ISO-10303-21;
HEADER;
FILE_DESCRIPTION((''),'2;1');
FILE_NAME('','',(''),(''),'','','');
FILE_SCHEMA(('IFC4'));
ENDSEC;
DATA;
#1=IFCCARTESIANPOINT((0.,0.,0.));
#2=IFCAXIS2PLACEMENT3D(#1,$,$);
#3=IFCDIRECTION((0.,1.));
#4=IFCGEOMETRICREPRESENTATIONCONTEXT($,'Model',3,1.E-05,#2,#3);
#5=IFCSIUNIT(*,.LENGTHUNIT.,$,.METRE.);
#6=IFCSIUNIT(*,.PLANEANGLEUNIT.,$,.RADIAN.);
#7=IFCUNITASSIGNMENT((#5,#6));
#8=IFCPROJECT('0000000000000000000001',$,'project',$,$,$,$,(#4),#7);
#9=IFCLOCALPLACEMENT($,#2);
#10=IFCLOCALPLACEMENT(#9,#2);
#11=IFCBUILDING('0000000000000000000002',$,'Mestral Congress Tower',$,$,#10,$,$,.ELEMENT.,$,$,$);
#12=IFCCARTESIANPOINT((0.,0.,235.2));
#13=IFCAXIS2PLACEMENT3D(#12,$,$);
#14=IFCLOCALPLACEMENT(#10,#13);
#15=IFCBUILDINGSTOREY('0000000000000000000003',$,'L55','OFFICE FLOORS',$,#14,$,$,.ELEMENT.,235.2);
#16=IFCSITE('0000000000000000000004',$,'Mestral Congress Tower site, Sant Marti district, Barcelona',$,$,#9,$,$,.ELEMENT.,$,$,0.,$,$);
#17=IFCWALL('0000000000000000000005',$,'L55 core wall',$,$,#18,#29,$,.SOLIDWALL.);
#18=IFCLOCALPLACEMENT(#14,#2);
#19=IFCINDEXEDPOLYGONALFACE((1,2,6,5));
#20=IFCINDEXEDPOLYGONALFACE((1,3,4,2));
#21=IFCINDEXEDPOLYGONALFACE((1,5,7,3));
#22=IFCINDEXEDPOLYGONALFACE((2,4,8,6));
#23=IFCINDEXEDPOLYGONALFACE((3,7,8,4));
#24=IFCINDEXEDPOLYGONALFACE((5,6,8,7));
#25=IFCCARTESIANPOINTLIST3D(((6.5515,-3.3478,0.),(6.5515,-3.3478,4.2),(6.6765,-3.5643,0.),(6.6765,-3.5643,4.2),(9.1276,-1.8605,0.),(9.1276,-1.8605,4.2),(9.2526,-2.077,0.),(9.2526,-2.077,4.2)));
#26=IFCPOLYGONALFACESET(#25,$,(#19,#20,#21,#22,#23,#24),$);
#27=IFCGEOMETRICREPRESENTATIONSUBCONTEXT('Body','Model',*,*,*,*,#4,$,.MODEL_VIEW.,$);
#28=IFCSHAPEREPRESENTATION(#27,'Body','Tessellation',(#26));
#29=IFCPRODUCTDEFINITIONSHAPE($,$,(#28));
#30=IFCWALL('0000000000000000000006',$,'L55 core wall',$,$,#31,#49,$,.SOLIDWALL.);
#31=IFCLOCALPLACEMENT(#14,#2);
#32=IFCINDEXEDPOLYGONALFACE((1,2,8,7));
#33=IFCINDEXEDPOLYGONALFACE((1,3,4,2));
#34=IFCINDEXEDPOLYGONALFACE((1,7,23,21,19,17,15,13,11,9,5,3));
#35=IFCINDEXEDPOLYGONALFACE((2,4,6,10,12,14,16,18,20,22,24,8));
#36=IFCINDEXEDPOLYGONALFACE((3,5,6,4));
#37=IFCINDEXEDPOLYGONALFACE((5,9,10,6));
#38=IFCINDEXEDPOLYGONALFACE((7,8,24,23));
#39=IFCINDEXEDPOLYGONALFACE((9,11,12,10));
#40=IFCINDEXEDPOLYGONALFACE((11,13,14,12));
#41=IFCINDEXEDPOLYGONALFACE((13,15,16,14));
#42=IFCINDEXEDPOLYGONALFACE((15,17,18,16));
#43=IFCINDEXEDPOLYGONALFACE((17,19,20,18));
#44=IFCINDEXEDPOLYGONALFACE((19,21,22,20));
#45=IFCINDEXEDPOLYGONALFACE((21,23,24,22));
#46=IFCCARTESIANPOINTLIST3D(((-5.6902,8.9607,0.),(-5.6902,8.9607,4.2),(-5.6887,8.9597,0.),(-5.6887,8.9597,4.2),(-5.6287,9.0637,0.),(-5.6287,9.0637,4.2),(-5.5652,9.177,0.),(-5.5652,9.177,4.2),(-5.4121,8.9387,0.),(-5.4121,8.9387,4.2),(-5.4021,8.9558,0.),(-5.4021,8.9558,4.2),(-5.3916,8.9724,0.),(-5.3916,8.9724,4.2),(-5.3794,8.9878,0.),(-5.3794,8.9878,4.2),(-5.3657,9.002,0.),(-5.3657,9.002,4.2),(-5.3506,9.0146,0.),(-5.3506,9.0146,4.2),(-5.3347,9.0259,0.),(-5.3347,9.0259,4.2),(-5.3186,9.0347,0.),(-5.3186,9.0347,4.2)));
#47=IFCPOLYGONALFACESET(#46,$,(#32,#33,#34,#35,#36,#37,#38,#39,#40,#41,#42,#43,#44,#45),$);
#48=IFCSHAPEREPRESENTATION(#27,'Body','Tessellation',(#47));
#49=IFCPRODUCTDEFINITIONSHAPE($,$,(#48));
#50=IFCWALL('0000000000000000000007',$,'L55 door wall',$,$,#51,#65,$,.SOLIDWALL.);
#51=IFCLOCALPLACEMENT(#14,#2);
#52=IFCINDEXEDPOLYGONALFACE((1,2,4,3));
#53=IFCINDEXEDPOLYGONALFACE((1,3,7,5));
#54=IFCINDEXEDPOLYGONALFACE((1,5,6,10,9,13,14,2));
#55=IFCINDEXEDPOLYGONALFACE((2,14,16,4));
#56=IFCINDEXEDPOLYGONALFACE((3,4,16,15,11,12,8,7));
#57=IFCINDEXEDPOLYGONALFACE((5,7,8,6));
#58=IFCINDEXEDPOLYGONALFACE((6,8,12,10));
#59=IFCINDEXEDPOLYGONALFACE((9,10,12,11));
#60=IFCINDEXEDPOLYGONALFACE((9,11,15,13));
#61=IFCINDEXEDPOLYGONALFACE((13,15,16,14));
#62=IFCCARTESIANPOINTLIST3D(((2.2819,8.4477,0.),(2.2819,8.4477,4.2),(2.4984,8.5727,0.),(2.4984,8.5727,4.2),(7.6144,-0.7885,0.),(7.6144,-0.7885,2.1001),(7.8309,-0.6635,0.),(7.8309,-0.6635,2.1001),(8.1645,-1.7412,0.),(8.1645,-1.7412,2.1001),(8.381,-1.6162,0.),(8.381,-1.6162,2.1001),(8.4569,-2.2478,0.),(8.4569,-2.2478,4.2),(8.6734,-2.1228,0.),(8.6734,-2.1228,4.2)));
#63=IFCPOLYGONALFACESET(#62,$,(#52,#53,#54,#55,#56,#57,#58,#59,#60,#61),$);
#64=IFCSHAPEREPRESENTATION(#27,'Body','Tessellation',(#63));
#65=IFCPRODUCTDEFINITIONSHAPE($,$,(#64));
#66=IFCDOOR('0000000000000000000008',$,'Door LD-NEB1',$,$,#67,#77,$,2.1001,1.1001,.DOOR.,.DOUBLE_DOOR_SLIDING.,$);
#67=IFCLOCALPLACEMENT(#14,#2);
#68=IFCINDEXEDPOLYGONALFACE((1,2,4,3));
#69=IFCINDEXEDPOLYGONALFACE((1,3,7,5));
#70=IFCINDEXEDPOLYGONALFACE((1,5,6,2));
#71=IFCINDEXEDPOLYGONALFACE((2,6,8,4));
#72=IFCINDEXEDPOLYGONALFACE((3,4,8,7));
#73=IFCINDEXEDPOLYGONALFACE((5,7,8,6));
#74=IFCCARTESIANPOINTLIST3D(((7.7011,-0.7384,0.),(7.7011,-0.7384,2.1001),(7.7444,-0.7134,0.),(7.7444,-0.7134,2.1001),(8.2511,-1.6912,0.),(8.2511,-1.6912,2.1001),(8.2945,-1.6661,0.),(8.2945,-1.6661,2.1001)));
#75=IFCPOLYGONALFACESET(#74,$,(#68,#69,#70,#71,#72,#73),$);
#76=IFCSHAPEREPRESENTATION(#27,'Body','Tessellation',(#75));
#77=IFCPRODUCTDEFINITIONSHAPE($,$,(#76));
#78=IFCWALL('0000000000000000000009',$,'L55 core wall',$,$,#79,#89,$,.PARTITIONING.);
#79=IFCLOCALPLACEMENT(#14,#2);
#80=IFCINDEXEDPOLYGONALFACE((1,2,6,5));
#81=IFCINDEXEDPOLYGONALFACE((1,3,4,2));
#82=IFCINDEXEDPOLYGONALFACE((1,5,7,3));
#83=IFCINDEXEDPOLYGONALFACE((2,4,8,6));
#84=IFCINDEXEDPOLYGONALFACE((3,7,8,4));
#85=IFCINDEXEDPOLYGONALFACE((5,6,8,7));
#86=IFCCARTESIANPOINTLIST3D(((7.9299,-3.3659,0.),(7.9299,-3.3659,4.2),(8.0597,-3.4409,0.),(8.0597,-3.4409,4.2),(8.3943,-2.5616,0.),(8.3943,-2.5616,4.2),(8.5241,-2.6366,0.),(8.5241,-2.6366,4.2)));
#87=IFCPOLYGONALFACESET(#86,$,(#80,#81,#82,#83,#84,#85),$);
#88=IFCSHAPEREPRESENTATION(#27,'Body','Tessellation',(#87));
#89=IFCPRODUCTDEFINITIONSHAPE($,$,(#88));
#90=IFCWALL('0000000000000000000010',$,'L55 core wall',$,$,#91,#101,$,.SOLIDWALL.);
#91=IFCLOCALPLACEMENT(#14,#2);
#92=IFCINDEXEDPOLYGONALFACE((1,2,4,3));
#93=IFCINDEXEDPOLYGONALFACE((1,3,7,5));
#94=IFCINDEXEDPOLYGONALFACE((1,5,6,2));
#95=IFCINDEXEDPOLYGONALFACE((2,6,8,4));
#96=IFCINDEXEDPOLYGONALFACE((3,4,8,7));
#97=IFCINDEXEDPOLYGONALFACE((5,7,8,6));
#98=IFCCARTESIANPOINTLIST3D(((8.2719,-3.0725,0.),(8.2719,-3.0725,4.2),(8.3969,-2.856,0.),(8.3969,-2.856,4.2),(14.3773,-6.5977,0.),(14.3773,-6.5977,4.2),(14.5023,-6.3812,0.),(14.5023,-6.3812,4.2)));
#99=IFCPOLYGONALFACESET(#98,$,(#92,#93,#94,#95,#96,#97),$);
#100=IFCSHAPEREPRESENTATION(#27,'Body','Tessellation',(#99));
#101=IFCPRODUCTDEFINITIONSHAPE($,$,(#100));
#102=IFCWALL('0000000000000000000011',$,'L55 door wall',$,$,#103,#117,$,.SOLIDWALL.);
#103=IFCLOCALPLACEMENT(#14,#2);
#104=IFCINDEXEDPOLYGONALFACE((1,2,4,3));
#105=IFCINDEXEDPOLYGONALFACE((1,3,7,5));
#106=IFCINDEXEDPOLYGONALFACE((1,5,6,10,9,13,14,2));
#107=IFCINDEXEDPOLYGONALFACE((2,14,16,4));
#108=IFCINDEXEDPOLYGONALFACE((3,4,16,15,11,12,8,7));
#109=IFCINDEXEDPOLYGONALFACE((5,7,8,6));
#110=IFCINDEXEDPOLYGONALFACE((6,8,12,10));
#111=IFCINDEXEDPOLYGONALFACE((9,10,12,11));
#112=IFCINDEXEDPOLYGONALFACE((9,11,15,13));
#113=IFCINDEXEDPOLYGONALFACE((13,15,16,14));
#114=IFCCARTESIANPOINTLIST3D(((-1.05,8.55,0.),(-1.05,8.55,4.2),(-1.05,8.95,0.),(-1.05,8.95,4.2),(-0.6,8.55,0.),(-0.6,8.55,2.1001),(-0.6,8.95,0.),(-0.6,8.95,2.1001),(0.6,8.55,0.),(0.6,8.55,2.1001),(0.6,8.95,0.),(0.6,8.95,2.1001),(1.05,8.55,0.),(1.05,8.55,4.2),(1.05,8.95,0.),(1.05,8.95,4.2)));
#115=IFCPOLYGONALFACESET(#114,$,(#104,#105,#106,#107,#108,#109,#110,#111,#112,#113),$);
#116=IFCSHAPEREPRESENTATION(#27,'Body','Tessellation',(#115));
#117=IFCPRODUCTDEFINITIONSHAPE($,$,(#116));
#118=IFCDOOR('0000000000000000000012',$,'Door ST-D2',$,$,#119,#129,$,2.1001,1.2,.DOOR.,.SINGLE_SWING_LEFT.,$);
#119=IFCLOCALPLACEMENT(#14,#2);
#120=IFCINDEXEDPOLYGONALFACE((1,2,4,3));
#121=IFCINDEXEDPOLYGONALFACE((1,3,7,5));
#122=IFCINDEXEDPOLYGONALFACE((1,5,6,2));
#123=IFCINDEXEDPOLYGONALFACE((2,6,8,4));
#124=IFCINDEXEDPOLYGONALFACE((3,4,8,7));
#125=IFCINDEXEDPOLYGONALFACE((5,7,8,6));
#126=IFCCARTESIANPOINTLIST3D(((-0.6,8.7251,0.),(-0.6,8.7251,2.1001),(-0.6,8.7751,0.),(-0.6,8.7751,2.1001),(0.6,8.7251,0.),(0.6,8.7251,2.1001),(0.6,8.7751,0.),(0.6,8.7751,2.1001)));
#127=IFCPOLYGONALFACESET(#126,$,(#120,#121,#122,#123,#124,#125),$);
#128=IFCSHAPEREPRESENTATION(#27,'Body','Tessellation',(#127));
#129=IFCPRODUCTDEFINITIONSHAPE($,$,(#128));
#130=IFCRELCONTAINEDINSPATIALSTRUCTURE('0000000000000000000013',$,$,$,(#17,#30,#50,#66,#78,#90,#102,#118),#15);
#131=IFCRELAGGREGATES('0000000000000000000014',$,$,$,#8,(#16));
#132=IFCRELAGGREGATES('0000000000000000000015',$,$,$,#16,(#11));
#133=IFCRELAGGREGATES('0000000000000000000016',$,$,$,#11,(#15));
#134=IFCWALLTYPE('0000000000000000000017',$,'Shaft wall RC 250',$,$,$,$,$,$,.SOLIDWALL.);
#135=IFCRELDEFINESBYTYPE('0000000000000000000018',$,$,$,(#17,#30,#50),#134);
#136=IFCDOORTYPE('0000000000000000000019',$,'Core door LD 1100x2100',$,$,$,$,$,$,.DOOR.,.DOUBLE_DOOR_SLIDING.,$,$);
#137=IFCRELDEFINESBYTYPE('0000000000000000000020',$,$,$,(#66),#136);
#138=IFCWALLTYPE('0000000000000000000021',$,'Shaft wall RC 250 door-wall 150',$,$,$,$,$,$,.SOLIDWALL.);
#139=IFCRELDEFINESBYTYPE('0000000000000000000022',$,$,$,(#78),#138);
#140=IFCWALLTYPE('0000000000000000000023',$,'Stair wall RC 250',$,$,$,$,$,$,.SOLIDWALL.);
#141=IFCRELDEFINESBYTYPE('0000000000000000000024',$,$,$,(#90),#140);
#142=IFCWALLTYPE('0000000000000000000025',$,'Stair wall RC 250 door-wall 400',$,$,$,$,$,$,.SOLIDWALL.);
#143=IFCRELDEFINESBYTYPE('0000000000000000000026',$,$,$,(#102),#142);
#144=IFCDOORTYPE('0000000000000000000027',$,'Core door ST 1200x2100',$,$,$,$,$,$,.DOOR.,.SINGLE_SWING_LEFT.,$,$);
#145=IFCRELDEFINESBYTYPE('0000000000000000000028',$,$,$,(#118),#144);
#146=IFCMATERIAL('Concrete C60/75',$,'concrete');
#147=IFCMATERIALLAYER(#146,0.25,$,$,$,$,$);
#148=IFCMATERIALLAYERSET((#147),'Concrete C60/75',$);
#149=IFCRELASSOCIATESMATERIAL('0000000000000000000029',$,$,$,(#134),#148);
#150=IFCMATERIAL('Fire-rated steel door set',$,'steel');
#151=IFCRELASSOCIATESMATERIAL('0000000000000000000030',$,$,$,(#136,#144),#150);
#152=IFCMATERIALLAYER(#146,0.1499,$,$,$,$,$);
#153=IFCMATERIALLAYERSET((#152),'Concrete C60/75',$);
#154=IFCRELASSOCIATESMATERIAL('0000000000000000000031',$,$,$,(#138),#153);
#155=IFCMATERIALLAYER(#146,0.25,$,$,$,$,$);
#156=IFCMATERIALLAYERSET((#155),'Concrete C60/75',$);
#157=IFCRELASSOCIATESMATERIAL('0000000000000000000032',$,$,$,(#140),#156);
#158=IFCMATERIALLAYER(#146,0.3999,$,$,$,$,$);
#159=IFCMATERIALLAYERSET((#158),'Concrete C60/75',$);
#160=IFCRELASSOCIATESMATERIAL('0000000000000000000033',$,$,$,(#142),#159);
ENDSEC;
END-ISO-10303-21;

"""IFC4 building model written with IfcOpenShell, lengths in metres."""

from ifc_helpers import new_model, si_unit, direction, frame, frame_2d, origin, place, context, subcontext, project, spatial, polyline, rectangle, outline, extrude, material, layer, layer_set, type_object, element, fill, save


model = new_model("IFC4")

# Units and contexts
model_context = context("Model", 3, precision=1e-05, world=origin(), true_north=direction((0.0, 1.0)))
body_context = subcontext(model_context, "Body", "Model", "MODEL_VIEW")
ifc_project = project(units=[si_unit("LENGTHUNIT", "METRE"), si_unit("PLANEANGLEUNIT", "RADIAN")], contexts=[model_context])

# Site, building, storey
site_placement = place(None, origin())
site = spatial("IfcSite", under=ifc_project, at=site_placement, Name="Mestral Congress Tower site, Sant Marti district, Barcelona", CompositionType="ELEMENT", RefElevation=0.0)
building_placement = place(site_placement, origin())
building = spatial("IfcBuilding", under=site, at=building_placement, Name="Mestral Congress Tower", CompositionType="ELEMENT")
storey_placement = place(building_placement, frame((0.0, 0.0, 235.2)))
storey = spatial("IfcBuildingStorey", under=building, at=storey_placement, Name="L55", Description="OFFICE FLOORS", CompositionType="ELEMENT", Elevation=235.2)

# Shared definitions
ifc_material_1 = material(Name="Concrete C60/75", Category="concrete")

# Shared definitions
ifc_material_2 = material(Name="Fire-rated steel door set", Category="steel")

# Walls
ifc_layer_1 = layer(ifc_material_1, 0.25)
ifc_layer_set_1 = layer_set([ifc_layer_1], Name="Concrete C60/75")
wall_type_1 = type_object("IfcWallType", Name="Shaft wall RC 250", PredefinedType="SOLIDWALL", material=ifc_layer_set_1)
wall_1_placement = place(storey_placement, frame((6.614, -3.4561, 0.0), z_axis=(0.0, 0.0, 1.0), x_axis=(0.866033, 0.499988, 0.0)))
element("IfcWall", 1, at=wall_1_placement, inside=storey, type_object=wall_type_1, Name="L55 core wall", PredefinedType="SOLIDWALL", context=body_context, shape_type="SweptSolid", body=[
    extrude(rectangle(XDim=2.9746, YDim=0.25, at=frame_2d((1.4873, 0.0))), origin(), (0.0, 0.0, 1.0), 4.2),
])
wall_2_placement = place(storey_placement, origin())
element("IfcWall", 2, at=wall_2_placement, inside=storey, type_object=wall_type_1, Name="L55 core wall", PredefinedType="SOLIDWALL", context=body_context, shape_type="SweptSolid", body=[
    extrude(outline(polyline([(-5.6887, 8.9597), (-5.6902, 8.9607), (-5.5652, 9.177), (-5.3186, 9.0347), (-5.3347, 9.0259), (-5.3506, 9.0146), (-5.3657, 9.002), (-5.3794, 8.9878), (-5.3916, 8.9724), (-5.4021, 8.9558), (-5.4121, 8.9387), (-5.6287, 9.0637), (-5.6287, 9.0637), (-5.6887, 8.9597)])), origin(), (0.0, 0.0, 1.0), 4.2),
])

# Wall, opening, door
wall_3_placement = place(storey_placement, frame((8.5652, -2.1853, 0.0), z_axis=(0.0, 0.0, 1.0), x_axis=(-0.499998, 0.866027, 0.0)))
wall_3 = element("IfcWall", 3, at=wall_3_placement, inside=storey, type_object=wall_type_1, Name="L55 door wall", PredefinedType="SOLIDWALL", context=body_context, shape_type="SweptSolid", body=[
    extrude(rectangle(XDim=12.3501, YDim=0.25, at=frame_2d((6.175, 0.0))), origin(), (0.0, 0.0, 1.0), 4.2),
])
opening_1_placement = place(wall_3_placement, frame((0.585, 0.0, 0.0)))
opening_1 = element("IfcOpeningElement", 4, at=opening_1_placement, cuts=wall_3, PredefinedType="OPENING", context=body_context, shape_type="SweptSolid", body=[
    extrude(rectangle(XDim=1.1001, YDim=2.1001, at=frame_2d((0.55, 1.05))), frame((0.0, 0.135, 0.0), z_axis=(0.0, -1.0, 0.0), x_axis=(1.0, 0.0, 0.0)), (0.0, 0.0, 1.0), 0.27),
])
door_type_1 = type_object("IfcDoorType", Name="Core door LD 1100x2100", OperationType="DOUBLE_DOOR_SLIDING", PredefinedType="DOOR", material=ifc_material_2)
door_1_placement = place(opening_1_placement, origin())
door_1 = element("IfcDoor", 5, at=door_1_placement, inside=storey, type_object=door_type_1, Name="Door LD-NEB1", OperationType="DOUBLE_DOOR_SLIDING", OverallHeight=2.1001, OverallWidth=1.1001, PredefinedType="DOOR", context=body_context, shape_type="SweptSolid", body=[
    extrude(rectangle(XDim=1.1001, YDim=2.1001, at=frame_2d((0.55, 1.05))), frame((0.0, 0.0249, 0.0), z_axis=(0.0, -1.0, 0.0), x_axis=(1.0, 0.0, 0.0)), (0.0, 0.0, 1.0), 0.05),
])
fill(opening_1, door_1)

# Walls
ifc_layer_2 = layer(ifc_material_1, 0.1499)
ifc_layer_set_2 = layer_set([ifc_layer_2], Name="Concrete C60/75")
wall_type_2 = type_object("IfcWallType", Name="Shaft wall RC 250 door-wall 150", PredefinedType="SOLIDWALL", material=ifc_layer_set_2)
wall_4_placement = place(storey_placement, frame((8.4592, -2.5991, 0.0), z_axis=(0.0, 0.0, 1.0), x_axis=(-0.500041, -0.866002, 0.0)))
element("IfcWall", 6, at=wall_4_placement, inside=storey, type_object=wall_type_2, Name="L55 core wall", PredefinedType="PARTITIONING", context=body_context, shape_type="SweptSolid", body=[
    extrude(rectangle(XDim=0.9287, YDim=0.1499, at=frame_2d((0.4644, 0.0))), origin(), (0.0, 0.0, 1.0), 4.2),
])
ifc_layer_3 = layer(ifc_material_1, 0.25)
ifc_layer_set_3 = layer_set([ifc_layer_3], Name="Concrete C60/75")
wall_type_3 = type_object("IfcWallType", Name="Stair wall RC 250", PredefinedType="SOLIDWALL", material=ifc_layer_set_3)
wall_5_placement = place(storey_placement, frame((8.3345, -2.9644, 0.0), z_axis=(0.0, 0.0, 1.0), x_axis=(0.866016, -0.500016, 0.0)))
element("IfcWall", 7, at=wall_5_placement, inside=storey, type_object=wall_type_3, Name="L55 core wall", PredefinedType="SOLIDWALL", context=body_context, shape_type="SweptSolid", body=[
    extrude(rectangle(XDim=7.05, YDim=0.25, at=frame_2d((3.5249, 0.0))), origin(), (0.0, 0.0, 1.0), 4.2),
])

# Wall, opening, door
ifc_layer_4 = layer(ifc_material_1, 0.3999)
ifc_layer_set_4 = layer_set([ifc_layer_4], Name="Concrete C60/75")
wall_type_4 = type_object("IfcWallType", Name="Stair wall RC 250 door-wall 400", PredefinedType="SOLIDWALL", material=ifc_layer_set_4)
wall_6_placement = place(storey_placement, frame((1.05, 8.75, 0.0), z_axis=(0.0, 0.0, 1.0), x_axis=(-1.0, 0.0, 0.0)))
wall_6 = element("IfcWall", 8, at=wall_6_placement, inside=storey, type_object=wall_type_4, Name="L55 door wall", PredefinedType="SOLIDWALL", context=body_context, shape_type="SweptSolid", body=[
    extrude(rectangle(XDim=2.1001, YDim=0.3999, at=frame_2d((1.05, 0.0))), origin(), (0.0, 0.0, 1.0), 4.2),
])
opening_2_placement = place(wall_6_placement, frame((0.45, 0.0, 0.0)))
opening_2 = element("IfcOpeningElement", 9, at=opening_2_placement, cuts=wall_6, PredefinedType="OPENING", context=body_context, shape_type="SweptSolid", body=[
    extrude(rectangle(XDim=1.2, YDim=2.1001, at=frame_2d((0.6001, 1.05))), frame((0.0, 0.21, 0.0), z_axis=(0.0, -1.0, 0.0), x_axis=(1.0, 0.0, 0.0)), (0.0, 0.0, 1.0), 0.4199),
])
door_type_2 = type_object("IfcDoorType", Name="Core door ST 1200x2100", OperationType="SINGLE_SWING_LEFT", PredefinedType="DOOR", material=ifc_material_2)
door_2_placement = place(opening_2_placement, origin())
door_2 = element("IfcDoor", 10, at=door_2_placement, inside=storey, type_object=door_type_2, Name="Door ST-D2", OperationType="SINGLE_SWING_LEFT", OverallHeight=2.1001, OverallWidth=1.2, PredefinedType="DOOR", context=body_context, shape_type="SweptSolid", body=[
    extrude(rectangle(XDim=1.2, YDim=2.1001, at=frame_2d((0.6001, 1.05))), frame((0.0, 0.0249, 0.0), z_axis=(0.0, -1.0, 0.0), x_axis=(1.0, 0.0, 0.0)), (0.0, 0.0, 1.0), 0.05),
])
fill(opening_2, door_2)

save(model, "model.ifc")
